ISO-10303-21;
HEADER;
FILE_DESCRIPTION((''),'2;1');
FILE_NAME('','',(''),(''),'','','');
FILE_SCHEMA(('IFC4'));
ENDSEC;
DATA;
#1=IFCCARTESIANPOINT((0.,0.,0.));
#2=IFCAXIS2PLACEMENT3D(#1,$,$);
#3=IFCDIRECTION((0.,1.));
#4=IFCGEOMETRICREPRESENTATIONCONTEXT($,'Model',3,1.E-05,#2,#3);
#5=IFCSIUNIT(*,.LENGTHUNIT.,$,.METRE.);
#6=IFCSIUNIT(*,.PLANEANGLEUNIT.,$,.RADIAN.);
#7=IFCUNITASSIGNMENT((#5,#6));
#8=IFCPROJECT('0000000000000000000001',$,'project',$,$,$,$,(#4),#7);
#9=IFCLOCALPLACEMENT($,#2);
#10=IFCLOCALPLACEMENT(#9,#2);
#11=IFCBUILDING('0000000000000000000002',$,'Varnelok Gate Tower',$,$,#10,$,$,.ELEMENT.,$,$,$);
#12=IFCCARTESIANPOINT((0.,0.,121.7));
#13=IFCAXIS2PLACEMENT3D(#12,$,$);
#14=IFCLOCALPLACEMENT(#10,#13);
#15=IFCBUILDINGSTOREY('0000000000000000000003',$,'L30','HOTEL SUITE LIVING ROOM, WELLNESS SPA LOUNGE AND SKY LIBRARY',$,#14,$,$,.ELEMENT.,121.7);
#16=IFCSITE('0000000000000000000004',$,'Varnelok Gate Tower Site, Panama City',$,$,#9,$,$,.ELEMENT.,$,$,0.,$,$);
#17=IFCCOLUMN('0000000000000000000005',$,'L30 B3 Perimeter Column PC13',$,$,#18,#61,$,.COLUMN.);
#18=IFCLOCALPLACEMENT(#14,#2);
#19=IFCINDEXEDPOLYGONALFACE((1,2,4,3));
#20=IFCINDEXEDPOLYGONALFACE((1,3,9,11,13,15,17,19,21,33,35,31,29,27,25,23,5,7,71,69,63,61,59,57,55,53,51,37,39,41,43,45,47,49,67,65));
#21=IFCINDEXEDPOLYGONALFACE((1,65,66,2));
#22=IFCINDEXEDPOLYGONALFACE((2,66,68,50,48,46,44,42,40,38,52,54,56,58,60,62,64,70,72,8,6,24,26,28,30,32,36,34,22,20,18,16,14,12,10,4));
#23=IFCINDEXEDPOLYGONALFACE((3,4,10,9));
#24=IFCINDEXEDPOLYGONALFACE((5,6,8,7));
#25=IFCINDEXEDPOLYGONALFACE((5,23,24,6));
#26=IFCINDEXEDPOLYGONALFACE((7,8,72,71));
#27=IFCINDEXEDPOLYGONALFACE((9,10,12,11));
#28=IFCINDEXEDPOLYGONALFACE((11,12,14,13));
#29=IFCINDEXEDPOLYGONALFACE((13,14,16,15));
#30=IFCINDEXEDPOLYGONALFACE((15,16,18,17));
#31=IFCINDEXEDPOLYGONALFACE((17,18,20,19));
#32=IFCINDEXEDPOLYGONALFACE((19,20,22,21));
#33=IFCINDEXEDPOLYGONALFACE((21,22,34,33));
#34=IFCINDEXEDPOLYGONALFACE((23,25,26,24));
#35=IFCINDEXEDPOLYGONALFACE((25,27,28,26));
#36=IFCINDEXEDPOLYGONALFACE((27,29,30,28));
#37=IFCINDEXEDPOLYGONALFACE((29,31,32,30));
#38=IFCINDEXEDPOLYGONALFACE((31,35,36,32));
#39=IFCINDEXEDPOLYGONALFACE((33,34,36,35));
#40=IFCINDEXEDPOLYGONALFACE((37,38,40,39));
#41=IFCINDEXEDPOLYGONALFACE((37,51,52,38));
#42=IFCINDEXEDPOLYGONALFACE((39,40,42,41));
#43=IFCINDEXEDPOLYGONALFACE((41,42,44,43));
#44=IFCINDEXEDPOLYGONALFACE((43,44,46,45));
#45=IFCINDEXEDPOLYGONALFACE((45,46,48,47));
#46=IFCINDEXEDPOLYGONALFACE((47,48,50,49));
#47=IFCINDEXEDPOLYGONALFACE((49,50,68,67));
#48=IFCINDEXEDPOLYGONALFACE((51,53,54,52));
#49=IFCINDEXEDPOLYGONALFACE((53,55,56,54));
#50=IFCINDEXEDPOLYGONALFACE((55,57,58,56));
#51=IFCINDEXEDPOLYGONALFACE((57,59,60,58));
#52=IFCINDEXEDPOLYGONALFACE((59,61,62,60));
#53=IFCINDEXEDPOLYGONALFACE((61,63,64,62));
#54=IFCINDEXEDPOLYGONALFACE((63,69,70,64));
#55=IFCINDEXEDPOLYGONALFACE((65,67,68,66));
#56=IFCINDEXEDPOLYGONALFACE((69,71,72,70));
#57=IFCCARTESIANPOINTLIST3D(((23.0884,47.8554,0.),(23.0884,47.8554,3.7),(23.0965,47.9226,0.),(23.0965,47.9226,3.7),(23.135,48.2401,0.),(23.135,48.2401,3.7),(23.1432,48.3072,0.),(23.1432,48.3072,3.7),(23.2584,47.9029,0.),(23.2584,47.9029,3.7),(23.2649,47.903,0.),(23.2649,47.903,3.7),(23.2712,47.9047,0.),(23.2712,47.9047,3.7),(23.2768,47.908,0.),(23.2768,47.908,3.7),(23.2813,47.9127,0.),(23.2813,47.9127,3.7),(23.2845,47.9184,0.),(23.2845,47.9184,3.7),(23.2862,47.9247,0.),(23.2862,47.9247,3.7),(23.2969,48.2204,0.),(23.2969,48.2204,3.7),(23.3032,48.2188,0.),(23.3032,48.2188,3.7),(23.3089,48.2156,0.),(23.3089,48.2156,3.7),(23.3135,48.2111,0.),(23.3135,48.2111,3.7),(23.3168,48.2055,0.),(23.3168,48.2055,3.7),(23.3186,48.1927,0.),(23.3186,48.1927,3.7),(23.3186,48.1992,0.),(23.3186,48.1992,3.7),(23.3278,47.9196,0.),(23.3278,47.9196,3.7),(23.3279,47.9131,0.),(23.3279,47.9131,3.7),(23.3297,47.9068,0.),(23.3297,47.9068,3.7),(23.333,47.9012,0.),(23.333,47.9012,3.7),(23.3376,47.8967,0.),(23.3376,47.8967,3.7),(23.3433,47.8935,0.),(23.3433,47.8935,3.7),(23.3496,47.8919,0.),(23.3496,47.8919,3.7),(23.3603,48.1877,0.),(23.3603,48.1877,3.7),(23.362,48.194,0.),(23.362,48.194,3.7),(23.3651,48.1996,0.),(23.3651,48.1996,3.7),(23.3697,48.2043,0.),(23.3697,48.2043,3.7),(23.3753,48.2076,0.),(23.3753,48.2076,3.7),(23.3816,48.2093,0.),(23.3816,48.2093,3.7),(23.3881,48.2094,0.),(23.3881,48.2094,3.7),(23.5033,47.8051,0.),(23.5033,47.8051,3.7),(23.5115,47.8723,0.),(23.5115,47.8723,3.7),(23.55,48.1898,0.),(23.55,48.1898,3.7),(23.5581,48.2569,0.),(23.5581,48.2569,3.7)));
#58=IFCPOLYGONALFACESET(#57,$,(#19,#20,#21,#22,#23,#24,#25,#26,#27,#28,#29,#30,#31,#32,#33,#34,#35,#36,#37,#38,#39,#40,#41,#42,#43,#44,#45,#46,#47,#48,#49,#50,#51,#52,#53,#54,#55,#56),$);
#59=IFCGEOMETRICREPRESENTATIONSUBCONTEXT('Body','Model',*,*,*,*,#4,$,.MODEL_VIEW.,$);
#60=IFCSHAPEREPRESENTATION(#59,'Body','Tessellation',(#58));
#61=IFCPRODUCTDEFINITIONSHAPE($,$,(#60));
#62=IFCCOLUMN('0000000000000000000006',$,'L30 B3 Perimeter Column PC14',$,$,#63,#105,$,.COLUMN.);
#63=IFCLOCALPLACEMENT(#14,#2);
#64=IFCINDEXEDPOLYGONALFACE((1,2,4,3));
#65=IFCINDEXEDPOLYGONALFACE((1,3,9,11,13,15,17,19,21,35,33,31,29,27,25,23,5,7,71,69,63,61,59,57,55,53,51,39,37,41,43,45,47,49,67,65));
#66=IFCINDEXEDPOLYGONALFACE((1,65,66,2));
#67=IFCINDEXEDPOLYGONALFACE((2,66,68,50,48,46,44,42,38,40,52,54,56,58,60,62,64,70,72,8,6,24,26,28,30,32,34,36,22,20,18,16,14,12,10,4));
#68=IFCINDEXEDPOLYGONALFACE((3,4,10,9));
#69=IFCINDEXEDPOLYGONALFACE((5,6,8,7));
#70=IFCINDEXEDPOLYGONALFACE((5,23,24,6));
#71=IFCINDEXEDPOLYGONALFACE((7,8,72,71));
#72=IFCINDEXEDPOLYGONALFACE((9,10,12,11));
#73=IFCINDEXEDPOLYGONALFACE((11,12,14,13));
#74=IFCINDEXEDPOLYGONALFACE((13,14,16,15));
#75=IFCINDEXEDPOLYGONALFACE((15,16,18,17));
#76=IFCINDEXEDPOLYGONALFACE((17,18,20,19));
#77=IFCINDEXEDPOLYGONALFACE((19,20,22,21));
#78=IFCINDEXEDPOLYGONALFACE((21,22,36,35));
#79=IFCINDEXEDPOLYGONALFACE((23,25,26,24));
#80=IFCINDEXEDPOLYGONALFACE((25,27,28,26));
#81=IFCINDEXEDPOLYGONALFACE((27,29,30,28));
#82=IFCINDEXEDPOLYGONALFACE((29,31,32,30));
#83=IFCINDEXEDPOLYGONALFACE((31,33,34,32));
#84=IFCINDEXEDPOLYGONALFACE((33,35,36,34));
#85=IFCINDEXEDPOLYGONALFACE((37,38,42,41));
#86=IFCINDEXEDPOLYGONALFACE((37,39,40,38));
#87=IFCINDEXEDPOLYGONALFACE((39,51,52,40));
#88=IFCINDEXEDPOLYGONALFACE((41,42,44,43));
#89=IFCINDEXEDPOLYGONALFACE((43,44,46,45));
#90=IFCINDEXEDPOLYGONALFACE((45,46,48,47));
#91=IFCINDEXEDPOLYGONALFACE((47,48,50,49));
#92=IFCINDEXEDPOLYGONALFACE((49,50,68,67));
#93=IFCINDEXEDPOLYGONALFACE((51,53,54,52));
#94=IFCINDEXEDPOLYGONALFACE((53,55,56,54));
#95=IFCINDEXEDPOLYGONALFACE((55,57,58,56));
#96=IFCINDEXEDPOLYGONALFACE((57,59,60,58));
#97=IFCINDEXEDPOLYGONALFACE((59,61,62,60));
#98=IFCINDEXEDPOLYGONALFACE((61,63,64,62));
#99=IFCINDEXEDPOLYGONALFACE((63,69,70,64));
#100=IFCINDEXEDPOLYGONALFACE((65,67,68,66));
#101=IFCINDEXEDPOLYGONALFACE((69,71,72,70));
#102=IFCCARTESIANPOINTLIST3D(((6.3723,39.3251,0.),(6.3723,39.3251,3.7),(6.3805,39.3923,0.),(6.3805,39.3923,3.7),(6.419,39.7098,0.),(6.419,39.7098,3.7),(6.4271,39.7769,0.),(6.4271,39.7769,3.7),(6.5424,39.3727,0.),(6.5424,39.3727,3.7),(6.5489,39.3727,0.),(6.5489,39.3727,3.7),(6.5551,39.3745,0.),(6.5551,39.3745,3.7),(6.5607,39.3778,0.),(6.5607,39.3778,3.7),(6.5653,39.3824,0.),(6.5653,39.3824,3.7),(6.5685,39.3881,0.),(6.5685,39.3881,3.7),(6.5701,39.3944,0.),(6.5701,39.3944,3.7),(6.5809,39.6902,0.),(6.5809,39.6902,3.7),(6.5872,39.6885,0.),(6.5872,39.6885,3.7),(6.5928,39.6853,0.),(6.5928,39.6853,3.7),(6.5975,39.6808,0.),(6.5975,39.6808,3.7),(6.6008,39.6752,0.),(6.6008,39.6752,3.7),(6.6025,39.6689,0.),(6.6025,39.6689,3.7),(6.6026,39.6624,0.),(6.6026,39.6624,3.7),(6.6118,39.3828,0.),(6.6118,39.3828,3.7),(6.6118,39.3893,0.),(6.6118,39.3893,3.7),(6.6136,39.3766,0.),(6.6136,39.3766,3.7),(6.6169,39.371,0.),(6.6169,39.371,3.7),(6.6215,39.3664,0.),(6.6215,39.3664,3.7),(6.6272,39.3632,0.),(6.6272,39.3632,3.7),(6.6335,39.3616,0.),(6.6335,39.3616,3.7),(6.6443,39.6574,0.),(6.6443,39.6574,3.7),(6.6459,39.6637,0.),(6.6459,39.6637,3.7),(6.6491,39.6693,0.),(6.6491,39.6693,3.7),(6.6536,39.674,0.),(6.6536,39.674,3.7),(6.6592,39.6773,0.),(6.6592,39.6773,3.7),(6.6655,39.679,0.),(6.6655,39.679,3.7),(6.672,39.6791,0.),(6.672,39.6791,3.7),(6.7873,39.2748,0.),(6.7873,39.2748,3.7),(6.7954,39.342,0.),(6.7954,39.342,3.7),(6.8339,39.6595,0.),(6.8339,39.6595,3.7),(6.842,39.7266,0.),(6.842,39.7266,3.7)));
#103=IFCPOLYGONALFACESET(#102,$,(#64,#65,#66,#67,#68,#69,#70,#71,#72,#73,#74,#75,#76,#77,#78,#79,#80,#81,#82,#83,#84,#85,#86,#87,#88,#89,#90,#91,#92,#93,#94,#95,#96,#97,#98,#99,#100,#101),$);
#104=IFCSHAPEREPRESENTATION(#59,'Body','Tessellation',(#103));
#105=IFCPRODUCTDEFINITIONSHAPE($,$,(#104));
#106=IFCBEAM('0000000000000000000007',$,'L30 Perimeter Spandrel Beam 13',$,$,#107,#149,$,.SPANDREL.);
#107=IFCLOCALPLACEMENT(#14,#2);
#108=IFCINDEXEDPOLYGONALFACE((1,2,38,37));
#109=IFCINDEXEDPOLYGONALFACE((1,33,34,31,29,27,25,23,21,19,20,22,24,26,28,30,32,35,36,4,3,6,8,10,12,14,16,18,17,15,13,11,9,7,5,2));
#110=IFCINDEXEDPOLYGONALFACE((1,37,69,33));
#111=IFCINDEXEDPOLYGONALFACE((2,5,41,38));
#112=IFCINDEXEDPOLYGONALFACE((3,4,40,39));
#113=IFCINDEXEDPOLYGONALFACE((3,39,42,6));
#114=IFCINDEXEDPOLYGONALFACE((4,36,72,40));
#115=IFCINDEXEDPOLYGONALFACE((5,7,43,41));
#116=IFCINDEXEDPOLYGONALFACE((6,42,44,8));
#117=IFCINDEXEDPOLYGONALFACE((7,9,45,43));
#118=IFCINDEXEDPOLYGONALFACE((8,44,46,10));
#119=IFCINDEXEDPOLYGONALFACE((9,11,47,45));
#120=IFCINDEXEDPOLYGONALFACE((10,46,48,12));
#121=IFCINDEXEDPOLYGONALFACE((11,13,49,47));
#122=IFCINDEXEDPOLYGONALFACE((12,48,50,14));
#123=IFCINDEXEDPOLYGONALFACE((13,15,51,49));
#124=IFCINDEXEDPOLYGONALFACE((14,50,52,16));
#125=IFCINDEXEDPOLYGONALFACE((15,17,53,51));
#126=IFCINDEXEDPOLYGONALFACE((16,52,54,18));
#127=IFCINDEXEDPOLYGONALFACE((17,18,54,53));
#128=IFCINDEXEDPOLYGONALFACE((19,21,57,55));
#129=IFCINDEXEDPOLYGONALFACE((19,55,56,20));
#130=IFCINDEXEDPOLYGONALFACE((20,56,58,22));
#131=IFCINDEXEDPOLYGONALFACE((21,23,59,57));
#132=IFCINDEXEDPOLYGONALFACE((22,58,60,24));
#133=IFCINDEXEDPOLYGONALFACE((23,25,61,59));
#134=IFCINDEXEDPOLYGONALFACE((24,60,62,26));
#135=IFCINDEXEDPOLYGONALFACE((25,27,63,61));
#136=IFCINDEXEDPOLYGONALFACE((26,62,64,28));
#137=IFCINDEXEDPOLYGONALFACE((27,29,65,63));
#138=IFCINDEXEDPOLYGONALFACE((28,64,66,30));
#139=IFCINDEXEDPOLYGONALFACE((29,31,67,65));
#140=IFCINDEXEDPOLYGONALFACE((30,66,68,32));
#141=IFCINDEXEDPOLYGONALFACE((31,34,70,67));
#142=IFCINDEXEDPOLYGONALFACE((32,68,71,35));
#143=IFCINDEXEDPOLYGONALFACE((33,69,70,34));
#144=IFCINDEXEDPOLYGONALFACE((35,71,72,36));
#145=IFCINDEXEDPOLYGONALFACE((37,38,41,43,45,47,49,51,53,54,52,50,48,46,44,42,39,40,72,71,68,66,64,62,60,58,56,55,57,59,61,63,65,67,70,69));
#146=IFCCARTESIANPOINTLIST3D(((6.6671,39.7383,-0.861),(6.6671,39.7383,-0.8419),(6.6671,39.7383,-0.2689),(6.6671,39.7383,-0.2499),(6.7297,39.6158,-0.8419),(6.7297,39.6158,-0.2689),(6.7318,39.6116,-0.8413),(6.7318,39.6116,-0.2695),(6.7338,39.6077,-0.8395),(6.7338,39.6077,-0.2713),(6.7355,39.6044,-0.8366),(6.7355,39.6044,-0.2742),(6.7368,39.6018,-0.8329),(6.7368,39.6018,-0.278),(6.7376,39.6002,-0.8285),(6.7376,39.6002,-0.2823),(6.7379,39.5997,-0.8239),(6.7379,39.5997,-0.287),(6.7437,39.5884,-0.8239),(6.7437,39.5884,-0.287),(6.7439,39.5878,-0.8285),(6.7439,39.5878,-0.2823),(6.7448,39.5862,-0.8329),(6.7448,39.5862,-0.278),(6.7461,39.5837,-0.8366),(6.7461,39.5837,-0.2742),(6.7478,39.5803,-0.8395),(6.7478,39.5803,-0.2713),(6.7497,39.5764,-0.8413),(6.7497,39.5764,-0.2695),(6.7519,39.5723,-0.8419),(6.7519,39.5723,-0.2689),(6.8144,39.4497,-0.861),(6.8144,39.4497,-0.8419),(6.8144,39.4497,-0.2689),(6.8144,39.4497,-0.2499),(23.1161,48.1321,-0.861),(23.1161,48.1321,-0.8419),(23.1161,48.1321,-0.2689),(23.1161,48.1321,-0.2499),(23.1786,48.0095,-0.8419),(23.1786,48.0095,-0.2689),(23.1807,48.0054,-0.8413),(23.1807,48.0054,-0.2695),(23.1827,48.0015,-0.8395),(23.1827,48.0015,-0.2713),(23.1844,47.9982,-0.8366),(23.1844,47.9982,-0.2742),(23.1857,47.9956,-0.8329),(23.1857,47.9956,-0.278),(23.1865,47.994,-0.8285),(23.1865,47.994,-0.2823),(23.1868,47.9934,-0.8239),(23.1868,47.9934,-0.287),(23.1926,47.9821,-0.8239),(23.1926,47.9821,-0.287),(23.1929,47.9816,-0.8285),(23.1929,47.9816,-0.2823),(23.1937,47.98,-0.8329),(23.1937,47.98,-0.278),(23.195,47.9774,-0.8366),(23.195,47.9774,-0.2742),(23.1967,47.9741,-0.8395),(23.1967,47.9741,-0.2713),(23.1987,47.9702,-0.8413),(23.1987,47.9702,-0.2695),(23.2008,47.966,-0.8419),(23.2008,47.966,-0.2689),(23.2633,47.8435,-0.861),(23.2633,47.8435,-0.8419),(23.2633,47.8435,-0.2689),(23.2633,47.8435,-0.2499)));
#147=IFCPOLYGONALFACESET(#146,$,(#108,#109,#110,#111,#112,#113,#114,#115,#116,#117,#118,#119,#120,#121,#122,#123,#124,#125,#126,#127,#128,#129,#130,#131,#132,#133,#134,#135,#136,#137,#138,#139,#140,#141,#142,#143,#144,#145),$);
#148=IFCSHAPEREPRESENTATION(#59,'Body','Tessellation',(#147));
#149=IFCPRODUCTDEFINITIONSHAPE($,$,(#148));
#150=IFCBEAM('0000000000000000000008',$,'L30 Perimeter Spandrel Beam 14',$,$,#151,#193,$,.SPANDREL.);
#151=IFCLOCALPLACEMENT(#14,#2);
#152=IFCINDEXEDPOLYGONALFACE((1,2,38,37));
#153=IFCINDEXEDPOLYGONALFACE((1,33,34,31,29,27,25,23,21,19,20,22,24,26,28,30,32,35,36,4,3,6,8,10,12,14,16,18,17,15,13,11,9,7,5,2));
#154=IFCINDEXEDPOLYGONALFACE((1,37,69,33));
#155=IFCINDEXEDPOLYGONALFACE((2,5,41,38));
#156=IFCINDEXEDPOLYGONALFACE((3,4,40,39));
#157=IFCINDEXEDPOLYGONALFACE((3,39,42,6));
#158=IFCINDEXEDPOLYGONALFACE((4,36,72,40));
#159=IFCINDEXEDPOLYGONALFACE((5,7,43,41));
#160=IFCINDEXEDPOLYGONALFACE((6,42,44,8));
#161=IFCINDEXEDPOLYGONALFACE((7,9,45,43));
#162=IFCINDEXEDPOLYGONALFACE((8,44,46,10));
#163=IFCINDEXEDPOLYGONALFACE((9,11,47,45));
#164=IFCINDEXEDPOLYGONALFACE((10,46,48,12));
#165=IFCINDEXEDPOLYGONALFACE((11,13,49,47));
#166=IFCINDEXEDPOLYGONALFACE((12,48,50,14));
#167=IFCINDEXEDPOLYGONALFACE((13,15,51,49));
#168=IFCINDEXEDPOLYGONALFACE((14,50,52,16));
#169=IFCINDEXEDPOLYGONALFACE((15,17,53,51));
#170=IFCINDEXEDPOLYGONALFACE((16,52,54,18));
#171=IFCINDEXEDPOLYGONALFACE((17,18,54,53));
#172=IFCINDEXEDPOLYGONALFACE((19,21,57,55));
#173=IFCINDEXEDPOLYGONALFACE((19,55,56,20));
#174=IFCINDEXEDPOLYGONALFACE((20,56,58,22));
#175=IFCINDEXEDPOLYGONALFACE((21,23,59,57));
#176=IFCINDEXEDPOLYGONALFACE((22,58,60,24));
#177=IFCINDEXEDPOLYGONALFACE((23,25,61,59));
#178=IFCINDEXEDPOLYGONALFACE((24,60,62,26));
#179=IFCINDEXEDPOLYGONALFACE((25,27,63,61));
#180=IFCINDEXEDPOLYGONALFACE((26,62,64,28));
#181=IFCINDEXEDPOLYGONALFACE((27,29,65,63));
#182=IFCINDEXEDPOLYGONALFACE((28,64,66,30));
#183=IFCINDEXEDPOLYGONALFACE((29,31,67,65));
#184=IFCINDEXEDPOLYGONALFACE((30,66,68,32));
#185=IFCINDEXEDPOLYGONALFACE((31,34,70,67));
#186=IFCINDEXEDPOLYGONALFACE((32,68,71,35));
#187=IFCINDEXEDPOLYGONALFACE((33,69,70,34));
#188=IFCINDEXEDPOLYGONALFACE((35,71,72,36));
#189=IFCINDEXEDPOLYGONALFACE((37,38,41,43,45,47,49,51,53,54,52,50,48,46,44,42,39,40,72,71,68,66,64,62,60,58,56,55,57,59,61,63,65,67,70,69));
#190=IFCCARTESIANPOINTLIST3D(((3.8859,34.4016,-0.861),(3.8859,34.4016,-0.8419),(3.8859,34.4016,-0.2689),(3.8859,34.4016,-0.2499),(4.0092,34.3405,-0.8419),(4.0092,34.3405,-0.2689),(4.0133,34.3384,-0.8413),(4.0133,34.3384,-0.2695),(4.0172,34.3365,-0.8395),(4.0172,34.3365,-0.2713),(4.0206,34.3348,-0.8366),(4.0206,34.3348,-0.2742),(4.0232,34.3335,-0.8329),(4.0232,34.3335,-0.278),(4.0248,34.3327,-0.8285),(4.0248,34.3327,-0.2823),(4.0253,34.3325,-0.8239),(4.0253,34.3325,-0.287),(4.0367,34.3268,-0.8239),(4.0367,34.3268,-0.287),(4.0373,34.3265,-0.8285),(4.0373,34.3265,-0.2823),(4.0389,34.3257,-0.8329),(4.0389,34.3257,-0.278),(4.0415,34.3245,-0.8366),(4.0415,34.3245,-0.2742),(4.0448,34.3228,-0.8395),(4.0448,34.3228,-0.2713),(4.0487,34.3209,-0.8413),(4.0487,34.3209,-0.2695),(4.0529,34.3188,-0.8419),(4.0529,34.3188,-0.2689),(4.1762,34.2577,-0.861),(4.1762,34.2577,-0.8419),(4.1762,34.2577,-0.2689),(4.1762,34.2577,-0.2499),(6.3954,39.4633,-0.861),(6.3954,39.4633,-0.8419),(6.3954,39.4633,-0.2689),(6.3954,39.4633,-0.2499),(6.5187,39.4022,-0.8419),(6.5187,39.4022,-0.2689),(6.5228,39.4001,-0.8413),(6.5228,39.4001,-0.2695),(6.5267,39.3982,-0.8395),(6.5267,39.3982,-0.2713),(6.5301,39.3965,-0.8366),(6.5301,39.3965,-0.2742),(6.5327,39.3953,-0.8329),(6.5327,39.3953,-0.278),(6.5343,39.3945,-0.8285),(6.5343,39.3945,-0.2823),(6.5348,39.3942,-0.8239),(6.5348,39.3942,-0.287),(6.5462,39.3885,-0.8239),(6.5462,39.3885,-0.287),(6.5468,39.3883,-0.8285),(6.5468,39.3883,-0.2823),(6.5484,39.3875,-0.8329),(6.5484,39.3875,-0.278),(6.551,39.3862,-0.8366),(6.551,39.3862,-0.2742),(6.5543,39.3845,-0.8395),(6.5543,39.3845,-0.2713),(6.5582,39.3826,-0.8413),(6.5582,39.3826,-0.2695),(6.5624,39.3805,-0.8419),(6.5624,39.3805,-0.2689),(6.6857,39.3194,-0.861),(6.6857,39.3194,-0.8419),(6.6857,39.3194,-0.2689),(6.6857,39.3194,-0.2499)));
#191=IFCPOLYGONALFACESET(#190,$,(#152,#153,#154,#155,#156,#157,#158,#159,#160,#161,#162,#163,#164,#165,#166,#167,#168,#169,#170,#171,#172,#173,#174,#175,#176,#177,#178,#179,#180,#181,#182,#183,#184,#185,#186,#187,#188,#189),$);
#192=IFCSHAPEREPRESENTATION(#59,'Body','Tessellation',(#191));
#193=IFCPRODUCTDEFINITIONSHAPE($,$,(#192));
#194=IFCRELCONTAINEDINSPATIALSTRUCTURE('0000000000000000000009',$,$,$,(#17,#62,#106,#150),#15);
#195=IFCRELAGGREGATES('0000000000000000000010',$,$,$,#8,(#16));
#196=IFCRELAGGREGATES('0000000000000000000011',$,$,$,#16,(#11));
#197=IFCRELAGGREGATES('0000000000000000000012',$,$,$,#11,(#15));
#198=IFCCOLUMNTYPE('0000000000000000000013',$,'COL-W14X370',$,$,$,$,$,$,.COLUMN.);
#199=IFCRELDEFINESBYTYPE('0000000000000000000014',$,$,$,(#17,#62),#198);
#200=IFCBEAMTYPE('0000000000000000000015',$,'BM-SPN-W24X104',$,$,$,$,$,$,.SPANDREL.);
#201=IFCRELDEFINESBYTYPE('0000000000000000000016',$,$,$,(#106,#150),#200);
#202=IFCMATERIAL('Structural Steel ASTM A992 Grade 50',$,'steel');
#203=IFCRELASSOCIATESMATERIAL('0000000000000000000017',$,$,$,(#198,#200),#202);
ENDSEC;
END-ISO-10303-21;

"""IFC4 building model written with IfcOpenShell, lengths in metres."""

from ifc_helpers import new_model, si_unit, direction, frame, origin, origin_2d, place, context, subcontext, project, spatial, i_section, extrude, material, material_profile, profile_set, type_object, element, save


model = new_model("IFC4")

# Units and contexts
model_context = context("Model", 3, precision=1e-05, world=origin(), true_north=direction((0.0, 1.0)))
body_context = subcontext(model_context, "Body", "Model", "MODEL_VIEW")
ifc_project = project(units=[si_unit("LENGTHUNIT", "METRE"), si_unit("PLANEANGLEUNIT", "RADIAN")], contexts=[model_context])

# Site, building, storey
site_placement = place(None, origin())
site = spatial("IfcSite", under=ifc_project, at=site_placement, Name="Varnelok Gate Tower Site, Panama City", CompositionType="ELEMENT", RefElevation=0.0)
building_placement = place(site_placement, origin())
building = spatial("IfcBuilding", under=site, at=building_placement, Name="Varnelok Gate Tower", CompositionType="ELEMENT")
storey_placement = place(building_placement, frame((0.0, 0.0, 121.7)))
storey = spatial("IfcBuildingStorey", under=building, at=storey_placement, Name="L30", Description="HOTEL SUITE LIVING ROOM, WELLNESS SPA LOUNGE AND SKY LIBRARY", CompositionType="ELEMENT", Elevation=121.7)

# Columns
ifc_material_1 = material(Name="Structural Steel ASTM A992 Grade 50", Category="steel")
ifc_material_profile_1 = material_profile(ifc_material_1, i_section(OverallWidth=0.418, OverallDepth=0.4551, WebThickness=0.042, FlangeThickness=0.0676, FilletRadius=0.0249, at=origin_2d()), Name="W14X370")
ifc_profile_set_1 = profile_set([ifc_material_profile_1], Name="Structural Steel ASTM A992 Grade 50")
column_type = type_object("IfcColumnType", Name="COL-W14X370", PredefinedType="COLUMN", material=ifc_profile_set_1)
for number, where, z_axis, x_axis, name in (
    (1, (23.3232, 48.0562, 0.0), (0.0, 0.0, 1.0), (0.992732, -0.120345, 0.0), "L30 B3 Perimeter Column PC13"),
    (2, (6.6072, 39.5259, 0.0), (0.0, 0.0, 1.0), (0.992732, -0.120345, 0.0), "L30 B3 Perimeter Column PC14"),
):
    element("IfcColumn", number, at=place(storey_placement, frame(where, z_axis=z_axis, x_axis=x_axis)), inside=storey, type_object=column_type, Name=name, PredefinedType="COLUMN", context=body_context, shape_type="SweptSolid", body=[
        extrude(i_section(OverallWidth=0.418, OverallDepth=0.4551, WebThickness=0.042, FlangeThickness=0.0676, FilletRadius=0.0249, at=origin_2d()), origin(), (0.0, 0.0, 1.0), 3.7),
    ])

# Beams
ifc_material_profile_2 = material_profile(ifc_material_1, i_section(OverallWidth=0.324, OverallDepth=0.6111, WebThickness=0.0127, FlangeThickness=0.019, FilletRadius=0.0181, at=origin_2d()), Name="W24X104")
ifc_profile_set_2 = profile_set([ifc_material_profile_2], Name="Structural Steel ASTM A992 Grade 50")
beam_type = type_object("IfcBeamType", Name="BM-SPN-W24X104", PredefinedType="SPANDREL", material=ifc_profile_set_2)
beam_1_placement = place(storey_placement, frame((23.1897, 47.9878, -0.5554), z_axis=(-0.89073, -0.454533, 0.0), x_axis=(0.454533, -0.89073, 0.0)))
element("IfcBeam", 3, at=beam_1_placement, inside=storey, type_object=beam_type, Name="L30 Perimeter Spandrel Beam 13", PredefinedType="SPANDREL", context=body_context, shape_type="SweptSolid", body=[
    extrude(i_section(OverallWidth=0.324, OverallDepth=0.6111, WebThickness=0.0127, FlangeThickness=0.019, FilletRadius=0.0181, at=origin_2d()), origin(), (0.0, 0.0, 1.0), 18.4668),
])
beam_2_placement = place(storey_placement, frame((6.5405, 39.3914, -0.5554), z_axis=(-0.444186, -0.895935, 0.0), x_axis=(0.895935, -0.444186, 0.0)))
element("IfcBeam", 4, at=beam_2_placement, inside=storey, type_object=beam_type, Name="L30 Perimeter Spandrel Beam 14", PredefinedType="SPANDREL", context=body_context, shape_type="SweptSolid", body=[
    extrude(i_section(OverallWidth=0.324, OverallDepth=0.6111, WebThickness=0.0127, FlangeThickness=0.019, FilletRadius=0.0181, at=origin_2d()), origin(), (0.0, 0.0, 1.0), 5.6497),
])

save(model, "model.ifc")
